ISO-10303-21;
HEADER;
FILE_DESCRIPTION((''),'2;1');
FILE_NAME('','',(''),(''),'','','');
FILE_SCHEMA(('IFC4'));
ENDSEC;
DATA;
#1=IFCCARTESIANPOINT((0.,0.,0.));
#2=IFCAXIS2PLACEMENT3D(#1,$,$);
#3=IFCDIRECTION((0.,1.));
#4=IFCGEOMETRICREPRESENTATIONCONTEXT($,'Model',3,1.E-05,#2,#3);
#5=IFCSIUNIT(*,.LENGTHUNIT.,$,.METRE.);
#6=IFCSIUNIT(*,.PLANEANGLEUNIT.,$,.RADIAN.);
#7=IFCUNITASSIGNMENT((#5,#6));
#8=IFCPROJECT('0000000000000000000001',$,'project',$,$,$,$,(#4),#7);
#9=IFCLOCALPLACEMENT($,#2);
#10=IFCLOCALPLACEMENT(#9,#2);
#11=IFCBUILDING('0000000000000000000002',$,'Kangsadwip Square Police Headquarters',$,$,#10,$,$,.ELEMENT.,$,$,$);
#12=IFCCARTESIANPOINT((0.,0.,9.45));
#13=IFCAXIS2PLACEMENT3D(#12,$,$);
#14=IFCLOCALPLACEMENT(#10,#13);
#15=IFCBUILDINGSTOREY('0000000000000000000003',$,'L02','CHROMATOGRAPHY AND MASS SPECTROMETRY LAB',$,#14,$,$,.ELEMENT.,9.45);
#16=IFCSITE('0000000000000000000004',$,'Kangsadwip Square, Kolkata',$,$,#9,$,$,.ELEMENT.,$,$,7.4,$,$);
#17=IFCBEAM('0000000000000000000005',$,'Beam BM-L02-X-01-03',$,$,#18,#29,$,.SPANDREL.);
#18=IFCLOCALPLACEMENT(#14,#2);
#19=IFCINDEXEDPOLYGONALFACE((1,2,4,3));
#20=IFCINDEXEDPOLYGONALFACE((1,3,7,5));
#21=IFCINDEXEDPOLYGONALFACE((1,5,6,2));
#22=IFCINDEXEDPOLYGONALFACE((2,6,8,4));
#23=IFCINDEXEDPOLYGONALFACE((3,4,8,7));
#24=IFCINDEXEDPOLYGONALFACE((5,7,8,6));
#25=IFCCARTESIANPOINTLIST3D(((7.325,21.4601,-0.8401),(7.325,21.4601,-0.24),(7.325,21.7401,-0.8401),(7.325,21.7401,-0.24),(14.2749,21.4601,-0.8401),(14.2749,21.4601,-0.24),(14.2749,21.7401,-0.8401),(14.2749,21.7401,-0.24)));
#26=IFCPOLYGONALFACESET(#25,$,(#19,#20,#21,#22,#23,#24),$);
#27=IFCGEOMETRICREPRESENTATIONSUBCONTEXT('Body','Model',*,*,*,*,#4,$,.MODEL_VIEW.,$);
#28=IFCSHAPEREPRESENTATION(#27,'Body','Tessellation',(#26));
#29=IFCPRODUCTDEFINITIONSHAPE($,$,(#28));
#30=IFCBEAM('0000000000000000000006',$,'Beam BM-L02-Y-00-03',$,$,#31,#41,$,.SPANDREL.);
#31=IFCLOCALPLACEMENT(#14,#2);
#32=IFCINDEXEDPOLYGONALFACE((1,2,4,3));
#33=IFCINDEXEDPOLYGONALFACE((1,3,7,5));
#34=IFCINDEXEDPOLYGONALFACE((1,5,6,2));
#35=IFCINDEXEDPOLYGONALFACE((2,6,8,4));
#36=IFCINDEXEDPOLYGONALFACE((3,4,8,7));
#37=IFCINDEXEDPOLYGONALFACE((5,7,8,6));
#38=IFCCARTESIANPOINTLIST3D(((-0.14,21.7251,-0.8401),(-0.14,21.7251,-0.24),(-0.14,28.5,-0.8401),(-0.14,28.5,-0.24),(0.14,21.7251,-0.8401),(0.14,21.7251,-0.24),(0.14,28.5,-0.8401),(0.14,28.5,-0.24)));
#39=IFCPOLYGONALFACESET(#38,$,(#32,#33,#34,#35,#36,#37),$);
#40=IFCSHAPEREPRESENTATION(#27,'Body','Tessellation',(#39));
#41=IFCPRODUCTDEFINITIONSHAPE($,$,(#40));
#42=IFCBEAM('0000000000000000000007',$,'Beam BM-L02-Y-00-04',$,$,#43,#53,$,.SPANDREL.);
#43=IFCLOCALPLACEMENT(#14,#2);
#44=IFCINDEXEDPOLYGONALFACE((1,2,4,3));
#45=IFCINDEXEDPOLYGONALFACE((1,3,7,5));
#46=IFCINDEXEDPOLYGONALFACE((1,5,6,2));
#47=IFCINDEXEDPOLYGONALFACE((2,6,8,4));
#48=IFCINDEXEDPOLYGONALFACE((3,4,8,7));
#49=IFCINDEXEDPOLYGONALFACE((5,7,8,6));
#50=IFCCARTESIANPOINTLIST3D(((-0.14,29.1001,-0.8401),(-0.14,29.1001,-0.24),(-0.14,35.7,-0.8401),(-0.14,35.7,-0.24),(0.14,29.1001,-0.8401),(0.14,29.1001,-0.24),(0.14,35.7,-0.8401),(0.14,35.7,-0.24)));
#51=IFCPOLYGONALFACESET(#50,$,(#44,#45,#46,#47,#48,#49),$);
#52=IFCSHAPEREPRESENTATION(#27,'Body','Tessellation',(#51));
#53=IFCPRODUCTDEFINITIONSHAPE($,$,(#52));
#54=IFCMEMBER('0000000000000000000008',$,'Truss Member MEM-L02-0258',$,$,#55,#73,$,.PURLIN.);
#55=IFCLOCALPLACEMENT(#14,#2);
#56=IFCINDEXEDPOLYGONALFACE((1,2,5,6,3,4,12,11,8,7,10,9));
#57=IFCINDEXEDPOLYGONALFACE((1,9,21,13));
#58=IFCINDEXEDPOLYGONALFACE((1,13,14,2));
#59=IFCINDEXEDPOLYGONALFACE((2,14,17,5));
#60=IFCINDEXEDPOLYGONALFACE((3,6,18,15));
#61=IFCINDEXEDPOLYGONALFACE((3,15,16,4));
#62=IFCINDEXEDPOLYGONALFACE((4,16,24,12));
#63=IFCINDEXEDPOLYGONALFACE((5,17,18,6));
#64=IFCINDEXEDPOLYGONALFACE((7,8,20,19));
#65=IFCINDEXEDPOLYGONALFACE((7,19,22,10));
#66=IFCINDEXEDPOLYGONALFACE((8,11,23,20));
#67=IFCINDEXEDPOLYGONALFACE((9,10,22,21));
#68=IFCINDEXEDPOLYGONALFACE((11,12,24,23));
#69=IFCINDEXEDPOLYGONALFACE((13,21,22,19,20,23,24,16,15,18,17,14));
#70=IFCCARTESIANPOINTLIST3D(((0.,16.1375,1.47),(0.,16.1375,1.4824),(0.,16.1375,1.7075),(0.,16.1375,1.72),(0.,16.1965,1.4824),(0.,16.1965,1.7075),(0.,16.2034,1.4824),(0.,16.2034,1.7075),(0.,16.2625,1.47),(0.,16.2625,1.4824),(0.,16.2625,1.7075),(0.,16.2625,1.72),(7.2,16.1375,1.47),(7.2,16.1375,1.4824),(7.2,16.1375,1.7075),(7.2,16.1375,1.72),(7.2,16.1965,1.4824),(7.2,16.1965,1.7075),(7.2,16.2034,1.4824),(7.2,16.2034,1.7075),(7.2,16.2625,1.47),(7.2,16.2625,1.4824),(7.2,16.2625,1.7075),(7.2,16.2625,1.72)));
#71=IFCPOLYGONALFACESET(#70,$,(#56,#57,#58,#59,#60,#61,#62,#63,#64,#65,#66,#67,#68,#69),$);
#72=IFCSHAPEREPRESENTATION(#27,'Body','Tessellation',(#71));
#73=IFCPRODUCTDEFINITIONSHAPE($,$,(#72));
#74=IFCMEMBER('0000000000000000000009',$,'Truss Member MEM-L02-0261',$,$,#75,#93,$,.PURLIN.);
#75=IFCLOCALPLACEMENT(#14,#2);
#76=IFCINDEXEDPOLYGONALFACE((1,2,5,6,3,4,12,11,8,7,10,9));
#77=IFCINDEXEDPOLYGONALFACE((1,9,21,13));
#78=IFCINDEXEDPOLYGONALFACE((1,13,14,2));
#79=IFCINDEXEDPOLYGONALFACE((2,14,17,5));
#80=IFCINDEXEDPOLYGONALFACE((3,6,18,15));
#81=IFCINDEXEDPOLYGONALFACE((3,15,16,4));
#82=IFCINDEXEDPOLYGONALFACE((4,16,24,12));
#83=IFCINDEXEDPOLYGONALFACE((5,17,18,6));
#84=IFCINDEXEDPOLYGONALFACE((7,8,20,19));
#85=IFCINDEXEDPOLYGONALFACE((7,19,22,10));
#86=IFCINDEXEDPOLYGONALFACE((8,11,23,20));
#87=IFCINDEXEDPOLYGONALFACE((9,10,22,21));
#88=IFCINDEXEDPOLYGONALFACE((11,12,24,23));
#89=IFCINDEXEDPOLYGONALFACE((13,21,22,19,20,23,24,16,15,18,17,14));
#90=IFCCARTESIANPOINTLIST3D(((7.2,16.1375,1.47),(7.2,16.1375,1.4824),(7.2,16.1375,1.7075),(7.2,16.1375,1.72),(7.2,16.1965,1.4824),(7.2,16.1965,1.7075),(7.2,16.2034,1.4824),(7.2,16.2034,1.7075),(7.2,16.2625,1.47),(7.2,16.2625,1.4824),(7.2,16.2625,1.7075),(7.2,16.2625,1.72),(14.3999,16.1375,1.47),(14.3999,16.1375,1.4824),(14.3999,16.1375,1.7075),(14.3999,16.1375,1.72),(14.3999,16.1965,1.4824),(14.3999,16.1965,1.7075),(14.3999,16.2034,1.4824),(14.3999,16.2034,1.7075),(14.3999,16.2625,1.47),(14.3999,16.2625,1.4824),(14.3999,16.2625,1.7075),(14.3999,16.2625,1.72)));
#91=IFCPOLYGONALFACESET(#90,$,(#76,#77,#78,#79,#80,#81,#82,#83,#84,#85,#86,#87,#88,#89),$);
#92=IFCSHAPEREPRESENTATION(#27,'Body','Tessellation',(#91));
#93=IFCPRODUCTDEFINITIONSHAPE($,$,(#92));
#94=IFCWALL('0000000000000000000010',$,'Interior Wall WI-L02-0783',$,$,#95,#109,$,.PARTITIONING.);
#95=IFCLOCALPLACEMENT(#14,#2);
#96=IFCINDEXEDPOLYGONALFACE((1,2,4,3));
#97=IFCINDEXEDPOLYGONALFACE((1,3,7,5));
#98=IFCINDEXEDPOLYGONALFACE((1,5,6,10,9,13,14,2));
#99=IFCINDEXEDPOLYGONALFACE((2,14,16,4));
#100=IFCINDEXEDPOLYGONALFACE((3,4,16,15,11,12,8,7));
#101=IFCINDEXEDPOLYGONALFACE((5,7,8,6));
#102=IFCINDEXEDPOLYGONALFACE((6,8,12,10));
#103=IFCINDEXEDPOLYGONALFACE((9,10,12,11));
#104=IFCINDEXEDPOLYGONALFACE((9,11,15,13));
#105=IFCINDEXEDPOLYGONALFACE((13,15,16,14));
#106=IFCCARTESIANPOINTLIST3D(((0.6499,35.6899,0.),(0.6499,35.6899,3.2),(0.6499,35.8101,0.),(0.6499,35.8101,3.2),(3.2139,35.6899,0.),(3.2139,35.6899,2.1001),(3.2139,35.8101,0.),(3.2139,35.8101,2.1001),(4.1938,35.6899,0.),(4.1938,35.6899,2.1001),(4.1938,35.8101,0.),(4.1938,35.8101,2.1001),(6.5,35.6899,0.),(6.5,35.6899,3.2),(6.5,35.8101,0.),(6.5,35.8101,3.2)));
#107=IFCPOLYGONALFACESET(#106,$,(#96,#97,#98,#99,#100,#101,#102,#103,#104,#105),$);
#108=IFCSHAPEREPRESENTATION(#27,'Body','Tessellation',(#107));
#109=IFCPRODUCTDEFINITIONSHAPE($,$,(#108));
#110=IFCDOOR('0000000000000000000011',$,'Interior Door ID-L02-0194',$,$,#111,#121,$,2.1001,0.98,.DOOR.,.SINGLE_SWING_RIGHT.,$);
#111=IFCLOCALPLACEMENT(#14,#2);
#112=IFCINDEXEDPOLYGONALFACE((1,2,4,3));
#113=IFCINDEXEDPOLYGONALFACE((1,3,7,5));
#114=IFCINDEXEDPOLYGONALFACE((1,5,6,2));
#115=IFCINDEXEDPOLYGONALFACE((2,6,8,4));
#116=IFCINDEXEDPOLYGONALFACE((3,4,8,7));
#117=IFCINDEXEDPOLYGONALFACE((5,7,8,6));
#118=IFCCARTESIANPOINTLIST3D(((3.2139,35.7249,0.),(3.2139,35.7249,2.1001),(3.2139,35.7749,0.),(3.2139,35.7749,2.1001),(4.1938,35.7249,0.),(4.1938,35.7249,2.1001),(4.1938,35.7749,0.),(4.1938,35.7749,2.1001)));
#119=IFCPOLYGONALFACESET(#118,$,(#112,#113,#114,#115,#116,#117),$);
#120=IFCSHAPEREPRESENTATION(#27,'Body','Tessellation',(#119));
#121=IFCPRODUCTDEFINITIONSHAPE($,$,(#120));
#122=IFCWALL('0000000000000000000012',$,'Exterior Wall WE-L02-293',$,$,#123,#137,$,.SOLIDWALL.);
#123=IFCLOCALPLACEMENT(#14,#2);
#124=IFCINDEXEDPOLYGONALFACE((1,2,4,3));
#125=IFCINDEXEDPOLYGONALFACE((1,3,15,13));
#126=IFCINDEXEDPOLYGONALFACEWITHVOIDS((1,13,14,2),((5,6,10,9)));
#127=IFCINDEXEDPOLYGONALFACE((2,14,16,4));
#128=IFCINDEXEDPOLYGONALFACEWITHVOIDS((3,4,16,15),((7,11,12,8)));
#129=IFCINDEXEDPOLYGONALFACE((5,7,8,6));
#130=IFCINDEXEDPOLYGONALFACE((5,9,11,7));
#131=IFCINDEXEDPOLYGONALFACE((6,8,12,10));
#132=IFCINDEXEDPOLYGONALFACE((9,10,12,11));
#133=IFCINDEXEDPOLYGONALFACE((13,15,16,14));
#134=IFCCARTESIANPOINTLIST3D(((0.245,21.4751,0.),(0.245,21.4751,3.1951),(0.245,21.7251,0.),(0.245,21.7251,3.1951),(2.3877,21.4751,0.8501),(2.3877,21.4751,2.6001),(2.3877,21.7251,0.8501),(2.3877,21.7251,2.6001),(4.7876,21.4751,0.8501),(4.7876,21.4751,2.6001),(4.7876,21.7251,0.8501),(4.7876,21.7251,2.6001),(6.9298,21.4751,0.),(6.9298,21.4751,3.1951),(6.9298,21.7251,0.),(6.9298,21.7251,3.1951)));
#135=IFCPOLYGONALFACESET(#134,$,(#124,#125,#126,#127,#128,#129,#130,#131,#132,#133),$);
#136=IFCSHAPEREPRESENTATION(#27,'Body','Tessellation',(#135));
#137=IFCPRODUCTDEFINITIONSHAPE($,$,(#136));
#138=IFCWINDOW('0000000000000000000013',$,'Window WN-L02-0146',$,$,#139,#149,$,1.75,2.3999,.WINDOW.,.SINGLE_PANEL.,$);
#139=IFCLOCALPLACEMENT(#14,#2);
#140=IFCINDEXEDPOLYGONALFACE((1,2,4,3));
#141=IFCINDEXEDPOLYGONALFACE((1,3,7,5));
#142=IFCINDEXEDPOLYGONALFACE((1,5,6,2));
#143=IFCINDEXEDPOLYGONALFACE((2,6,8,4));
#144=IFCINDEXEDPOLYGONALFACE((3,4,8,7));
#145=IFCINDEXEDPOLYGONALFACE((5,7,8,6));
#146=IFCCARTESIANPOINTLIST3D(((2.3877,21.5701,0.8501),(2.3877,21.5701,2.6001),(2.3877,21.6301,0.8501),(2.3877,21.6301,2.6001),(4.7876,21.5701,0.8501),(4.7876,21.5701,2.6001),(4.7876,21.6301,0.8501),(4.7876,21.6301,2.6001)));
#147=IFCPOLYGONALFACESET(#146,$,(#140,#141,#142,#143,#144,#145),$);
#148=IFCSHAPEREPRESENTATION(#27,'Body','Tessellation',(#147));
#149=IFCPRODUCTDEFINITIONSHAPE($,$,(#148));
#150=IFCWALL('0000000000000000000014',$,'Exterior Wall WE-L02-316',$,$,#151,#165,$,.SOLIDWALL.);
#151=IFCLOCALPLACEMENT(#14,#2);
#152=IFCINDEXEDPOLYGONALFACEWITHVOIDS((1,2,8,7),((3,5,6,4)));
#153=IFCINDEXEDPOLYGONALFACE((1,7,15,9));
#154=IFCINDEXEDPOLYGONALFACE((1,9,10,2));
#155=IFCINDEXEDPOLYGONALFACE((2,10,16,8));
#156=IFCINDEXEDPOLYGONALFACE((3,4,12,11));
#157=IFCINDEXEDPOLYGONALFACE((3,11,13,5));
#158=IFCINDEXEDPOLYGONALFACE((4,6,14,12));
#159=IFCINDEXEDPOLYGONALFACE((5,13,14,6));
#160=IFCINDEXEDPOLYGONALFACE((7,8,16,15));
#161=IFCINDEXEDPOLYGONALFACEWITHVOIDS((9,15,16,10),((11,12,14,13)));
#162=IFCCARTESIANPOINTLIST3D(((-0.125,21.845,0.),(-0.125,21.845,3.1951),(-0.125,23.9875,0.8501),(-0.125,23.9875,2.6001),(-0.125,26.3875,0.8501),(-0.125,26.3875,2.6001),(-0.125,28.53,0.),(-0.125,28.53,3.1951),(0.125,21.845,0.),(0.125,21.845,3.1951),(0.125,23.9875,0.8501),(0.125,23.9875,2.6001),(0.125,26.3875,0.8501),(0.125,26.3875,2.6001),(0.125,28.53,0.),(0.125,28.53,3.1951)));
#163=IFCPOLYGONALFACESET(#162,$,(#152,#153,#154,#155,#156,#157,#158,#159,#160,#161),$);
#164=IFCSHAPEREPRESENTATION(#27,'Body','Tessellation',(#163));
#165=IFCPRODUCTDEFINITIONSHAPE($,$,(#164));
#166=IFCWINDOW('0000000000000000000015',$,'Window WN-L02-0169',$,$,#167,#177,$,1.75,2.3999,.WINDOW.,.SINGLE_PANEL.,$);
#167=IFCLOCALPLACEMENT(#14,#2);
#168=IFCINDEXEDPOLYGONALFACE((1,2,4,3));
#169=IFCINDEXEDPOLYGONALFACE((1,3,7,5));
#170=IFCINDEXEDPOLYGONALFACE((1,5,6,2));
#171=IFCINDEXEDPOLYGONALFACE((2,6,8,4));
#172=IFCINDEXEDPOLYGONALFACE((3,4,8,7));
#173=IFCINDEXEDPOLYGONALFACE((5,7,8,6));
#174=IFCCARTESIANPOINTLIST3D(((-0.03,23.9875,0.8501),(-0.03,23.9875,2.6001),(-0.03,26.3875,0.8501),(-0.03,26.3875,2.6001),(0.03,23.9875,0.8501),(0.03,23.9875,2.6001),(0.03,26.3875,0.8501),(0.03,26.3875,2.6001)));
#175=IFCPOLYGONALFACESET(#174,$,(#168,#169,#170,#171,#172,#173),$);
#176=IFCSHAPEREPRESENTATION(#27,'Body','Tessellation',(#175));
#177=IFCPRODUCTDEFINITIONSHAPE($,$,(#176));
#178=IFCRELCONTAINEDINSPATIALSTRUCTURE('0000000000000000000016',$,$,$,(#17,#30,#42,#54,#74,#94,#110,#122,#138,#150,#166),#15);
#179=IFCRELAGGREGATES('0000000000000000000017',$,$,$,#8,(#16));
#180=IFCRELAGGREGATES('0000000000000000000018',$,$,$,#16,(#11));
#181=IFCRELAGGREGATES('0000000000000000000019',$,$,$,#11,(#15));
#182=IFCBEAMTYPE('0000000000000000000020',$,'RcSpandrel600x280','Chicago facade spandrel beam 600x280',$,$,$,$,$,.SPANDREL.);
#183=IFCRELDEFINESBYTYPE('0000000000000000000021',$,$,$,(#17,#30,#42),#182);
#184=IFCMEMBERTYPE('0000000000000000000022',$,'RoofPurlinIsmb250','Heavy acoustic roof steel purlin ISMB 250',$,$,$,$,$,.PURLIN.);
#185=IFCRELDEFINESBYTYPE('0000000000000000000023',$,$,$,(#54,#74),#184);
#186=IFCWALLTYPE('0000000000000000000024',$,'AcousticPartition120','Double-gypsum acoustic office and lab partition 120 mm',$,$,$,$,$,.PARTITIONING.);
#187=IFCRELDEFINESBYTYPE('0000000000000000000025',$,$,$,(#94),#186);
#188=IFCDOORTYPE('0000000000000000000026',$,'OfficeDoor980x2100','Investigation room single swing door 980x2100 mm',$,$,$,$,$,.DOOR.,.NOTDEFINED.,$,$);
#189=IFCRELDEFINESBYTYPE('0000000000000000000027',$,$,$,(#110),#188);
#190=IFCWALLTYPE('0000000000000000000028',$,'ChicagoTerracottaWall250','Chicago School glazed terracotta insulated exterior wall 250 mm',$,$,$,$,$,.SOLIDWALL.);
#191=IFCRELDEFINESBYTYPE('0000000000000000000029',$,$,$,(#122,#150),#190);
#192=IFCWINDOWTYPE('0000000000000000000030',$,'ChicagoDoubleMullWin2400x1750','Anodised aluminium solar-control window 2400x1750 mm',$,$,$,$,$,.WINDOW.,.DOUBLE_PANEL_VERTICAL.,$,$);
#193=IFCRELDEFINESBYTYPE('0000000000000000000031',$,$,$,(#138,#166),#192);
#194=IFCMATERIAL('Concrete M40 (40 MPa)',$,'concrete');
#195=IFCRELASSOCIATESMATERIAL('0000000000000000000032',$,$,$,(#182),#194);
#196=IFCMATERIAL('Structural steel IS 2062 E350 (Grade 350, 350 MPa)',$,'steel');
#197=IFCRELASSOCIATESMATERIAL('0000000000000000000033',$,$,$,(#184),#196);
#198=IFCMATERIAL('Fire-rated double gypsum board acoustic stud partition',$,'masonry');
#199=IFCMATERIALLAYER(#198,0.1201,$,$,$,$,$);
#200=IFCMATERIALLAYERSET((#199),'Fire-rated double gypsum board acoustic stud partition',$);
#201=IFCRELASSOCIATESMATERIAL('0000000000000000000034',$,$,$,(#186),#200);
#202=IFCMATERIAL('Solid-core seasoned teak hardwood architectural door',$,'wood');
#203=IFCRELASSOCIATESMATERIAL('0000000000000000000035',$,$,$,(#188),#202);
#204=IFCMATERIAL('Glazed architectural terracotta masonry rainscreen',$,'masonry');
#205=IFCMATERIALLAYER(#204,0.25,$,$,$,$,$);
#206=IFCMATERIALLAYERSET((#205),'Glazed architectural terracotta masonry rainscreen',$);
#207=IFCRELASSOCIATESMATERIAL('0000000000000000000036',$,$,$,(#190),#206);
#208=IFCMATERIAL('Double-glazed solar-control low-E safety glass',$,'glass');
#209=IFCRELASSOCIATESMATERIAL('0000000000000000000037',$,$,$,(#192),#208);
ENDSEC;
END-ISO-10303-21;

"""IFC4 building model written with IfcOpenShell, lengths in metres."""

from ifc_helpers import new_model, si_unit, direction, frame, frame_2d, origin, origin_2d, place, context, subcontext, project, spatial, rectangle, i_section, extrude, material, layer, layer_set, material_profile, profile_set, type_object, element, fill, save


model = new_model("IFC4")

# Units and contexts
model_context = context("Model", 3, precision=1e-05, world=origin(), true_north=direction((0.0, 1.0)))
body_context = subcontext(model_context, "Body", "Model", "MODEL_VIEW")
ifc_project = project(units=[si_unit("LENGTHUNIT", "METRE"), si_unit("PLANEANGLEUNIT", "RADIAN")], contexts=[model_context])

# Site, building, storey
site_placement = place(None, origin())
site = spatial("IfcSite", under=ifc_project, at=site_placement, Name="Kangsadwip Square, Kolkata", CompositionType="ELEMENT", RefElevation=7.4)
building_placement = place(site_placement, origin())
building = spatial("IfcBuilding", under=site, at=building_placement, Name="Kangsadwip Square Police Headquarters", CompositionType="ELEMENT")
storey_placement = place(building_placement, frame((0.0, 0.0, 9.45)))
storey = spatial("IfcBuildingStorey", under=building, at=storey_placement, Name="L02", Description="CHROMATOGRAPHY AND MASS SPECTROMETRY LAB", CompositionType="ELEMENT", Elevation=9.45)

# Beams
ifc_material_1 = material(Name="Concrete M40 (40 MPa)", Category="concrete")
ifc_material_profile_1 = material_profile(ifc_material_1, rectangle(XDim=0.28, YDim=0.6001, at=origin_2d()), Name="RC SPN 600X280")
ifc_profile_set_1 = profile_set([ifc_material_profile_1], Name="Concrete M40 (40 MPa)")
beam_type_1 = type_object("IfcBeamType", Name="RcSpandrel600x280", Description="Chicago facade spandrel beam 600x280", PredefinedType="SPANDREL", material=ifc_profile_set_1)
for number, where, z_axis, x_axis, name in (
    (1, (7.325, 21.6001, -0.54), (1.0, 0.0, 0.0), (0.0, 1.0, 0.0), "Beam BM-L02-X-01-03"),
):
    element("IfcBeam", number, at=place(storey_placement, frame(where, z_axis=z_axis, x_axis=x_axis)), inside=storey, type_object=beam_type_1, Name=name, PredefinedType="SPANDREL", context=body_context, shape_type="SweptSolid", body=[
        extrude(rectangle(XDim=0.28, YDim=0.6001, at=origin_2d()), origin(), (0.0, 0.0, 1.0), 6.95),
    ])
beam_1_placement = place(storey_placement, frame((0.0, 21.7251, -0.54), z_axis=(0.0, 1.0, 0.0), x_axis=(-1.0, 0.0, 0.0)))
element("IfcBeam", 2, at=beam_1_placement, inside=storey, type_object=beam_type_1, Name="Beam BM-L02-Y-00-03", PredefinedType="SPANDREL", context=body_context, shape_type="SweptSolid", body=[
    extrude(rectangle(XDim=0.28, YDim=0.6001, at=origin_2d()), origin(), (0.0, 0.0, 1.0), 6.7749),
])
beam_2_placement = place(storey_placement, frame((0.0, 29.1001, -0.54), z_axis=(0.0, 1.0, 0.0), x_axis=(-1.0, 0.0, 0.0)))
element("IfcBeam", 3, at=beam_2_placement, inside=storey, type_object=beam_type_1, Name="Beam BM-L02-Y-00-04", PredefinedType="SPANDREL", context=body_context, shape_type="SweptSolid", body=[
    extrude(rectangle(XDim=0.28, YDim=0.6001, at=origin_2d()), origin(), (0.0, 0.0, 1.0), 6.5999),
])

# Members
ifc_material_2 = material(Name="Structural steel IS 2062 E350 (Grade 350, 350 MPa)", Category="steel")
ifc_material_profile_2 = material_profile(ifc_material_2, i_section(OverallWidth=0.125, OverallDepth=0.25, WebThickness=0.0068, FlangeThickness=0.0125, at=origin_2d()), Name="ISMB 250")
ifc_profile_set_2 = profile_set([ifc_material_profile_2], Name="Structural steel IS 2062 E350 (Grade 350, 350 MPa)")
member_type = type_object("IfcMemberType", Name="RoofPurlinIsmb250", Description="Heavy acoustic roof steel purlin ISMB 250", PredefinedType="PURLIN", material=ifc_profile_set_2)
for number, where, z_axis, x_axis, name in (
    (4, (0.0, 16.2, 1.595), (1.0, 0.0, 0.0), (0.0, 1.0, 0.0), "Truss Member MEM-L02-0258"),
    (5, (7.2, 16.2, 1.595), (1.0, 0.0, 0.0), (0.0, 1.0, 0.0), "Truss Member MEM-L02-0261"),
):
    element("IfcMember", number, at=place(storey_placement, frame(where, z_axis=z_axis, x_axis=x_axis)), inside=storey, type_object=member_type, Name=name, PredefinedType="PURLIN", context=body_context, shape_type="SweptSolid", body=[
        extrude(i_section(OverallWidth=0.125, OverallDepth=0.25, WebThickness=0.0068, FlangeThickness=0.0125, at=origin_2d()), origin(), (0.0, 0.0, 1.0), 7.2),
    ])

# Wall, opening, door
ifc_material_3 = material(Name="Fire-rated double gypsum board acoustic stud partition", Category="masonry")
ifc_layer_1 = layer(ifc_material_3, 0.1201)
ifc_layer_set_1 = layer_set([ifc_layer_1], Name="Fire-rated double gypsum board acoustic stud partition")
wall_type_1 = type_object("IfcWallType", Name="AcousticPartition120", Description="Double-gypsum acoustic office and lab partition 120 mm", PredefinedType="PARTITIONING", material=ifc_layer_set_1)
wall_1_placement = place(storey_placement, frame((0.6499, 35.75, 0.0), z_axis=(0.0, 0.0, 1.0), x_axis=(1.0, 0.0, 0.0)))
wall_1 = element("IfcWall", 6, at=wall_1_placement, inside=storey, type_object=wall_type_1, Name="Interior Wall WI-L02-0783", PredefinedType="PARTITIONING", context=body_context, shape_type="SweptSolid", body=[
    extrude(rectangle(XDim=5.8501, YDim=0.1201, at=frame_2d((2.925, 0.0))), origin(), (0.0, 0.0, 1.0), 3.2),
])
opening_1_placement = place(wall_1_placement, frame((2.564, 0.0, 0.0)))
opening_1 = element("IfcOpeningElement", 7, at=opening_1_placement, cuts=wall_1, PredefinedType="OPENING", context=body_context, shape_type="SweptSolid", body=[
    extrude(rectangle(XDim=0.98, YDim=2.1001, at=frame_2d((0.49, 1.05))), frame((0.0, 0.0701, 0.0), z_axis=(0.0, -1.0, 0.0), x_axis=(1.0, 0.0, 0.0)), (0.0, 0.0, 1.0), 0.1401),
])
ifc_material_4 = material(Name="Solid-core seasoned teak hardwood architectural door", Category="wood")
door_type = type_object("IfcDoorType", Name="OfficeDoor980x2100", Description="Investigation room single swing door 980x2100 mm", OperationType="NOTDEFINED", PredefinedType="DOOR", material=ifc_material_4)
door_placement = place(opening_1_placement, origin())
door = element("IfcDoor", 8, at=door_placement, inside=storey, type_object=door_type, Name="Interior Door ID-L02-0194", OperationType="SINGLE_SWING_RIGHT", OverallHeight=2.1001, OverallWidth=0.98, PredefinedType="DOOR", context=body_context, shape_type="SweptSolid", body=[
    extrude(rectangle(XDim=0.98, YDim=2.1001, at=frame_2d((0.49, 1.05))), frame((0.0, 0.0249, 0.0), z_axis=(0.0, -1.0, 0.0), x_axis=(1.0, 0.0, 0.0)), (0.0, 0.0, 1.0), 0.05),
])
fill(opening_1, door)

# Walls, openings, windows
ifc_material_5 = material(Name="Glazed architectural terracotta masonry rainscreen", Category="masonry")
ifc_layer_2 = layer(ifc_material_5, 0.25)
ifc_layer_set_2 = layer_set([ifc_layer_2], Name="Glazed architectural terracotta masonry rainscreen")
wall_type_2 = type_object("IfcWallType", Name="ChicagoTerracottaWall250", Description="Chicago School glazed terracotta insulated exterior wall 250 mm", PredefinedType="SOLIDWALL", material=ifc_layer_set_2)
wall_2_placement = place(storey_placement, frame((0.2451, 21.6001, 0.0), z_axis=(0.0, 0.0, 1.0), x_axis=(1.0, 0.0, 0.0)))
wall_2 = element("IfcWall", 9, at=wall_2_placement, inside=storey, type_object=wall_type_2, Name="Exterior Wall WE-L02-293", PredefinedType="SOLIDWALL", context=body_context, shape_type="SweptSolid", body=[
    extrude(rectangle(XDim=6.6848, YDim=0.25, at=frame_2d((3.3423, 0.0))), origin(), (0.0, 0.0, 1.0), 3.1951),
])
opening_2_placement = place(wall_2_placement, frame((2.1426, 0.0, 0.8501)))
opening_2 = element("IfcOpeningElement", 10, at=opening_2_placement, cuts=wall_2, PredefinedType="OPENING", context=body_context, shape_type="SweptSolid", body=[
    extrude(rectangle(XDim=2.3999, YDim=1.75, at=frame_2d((1.2, 0.875))), frame((0.0, 0.135, 0.0), z_axis=(0.0, -1.0, 0.0), x_axis=(1.0, 0.0, 0.0)), (0.0, 0.0, 1.0), 0.27),
])
ifc_material_6 = material(Name="Double-glazed solar-control low-E safety glass", Category="glass")
window_type_1 = type_object("IfcWindowType", Name="ChicagoDoubleMullWin2400x1750", Description="Anodised aluminium solar-control window 2400x1750 mm", PartitioningType="DOUBLE_PANEL_VERTICAL", PredefinedType="WINDOW", material=ifc_material_6)
window_1_placement = place(opening_2_placement, origin())
window_1 = element("IfcWindow", 11, at=window_1_placement, inside=storey, type_object=window_type_1, Name="Window WN-L02-0146", OverallHeight=1.75, OverallWidth=2.3999, PartitioningType="SINGLE_PANEL", PredefinedType="WINDOW", context=body_context, shape_type="SweptSolid", body=[
    extrude(rectangle(XDim=2.3999, YDim=1.75, at=frame_2d((1.2, 0.875))), frame((0.0, 0.03, 0.0), z_axis=(0.0, -1.0, 0.0), x_axis=(1.0, 0.0, 0.0)), (0.0, 0.0, 1.0), 0.0601),
])
fill(opening_2, window_1)
wall_3_placement = place(storey_placement, frame((0.0, 21.845, 0.0), z_axis=(0.0, 0.0, 1.0), x_axis=(0.0, 1.0, 0.0)))
wall_3 = element("IfcWall", 12, at=wall_3_placement, inside=storey, type_object=wall_type_2, Name="Exterior Wall WE-L02-316", PredefinedType="SOLIDWALL", context=body_context, shape_type="SweptSolid", body=[
    extrude(rectangle(XDim=6.6851, YDim=0.25, at=frame_2d((3.3425, 0.0))), origin(), (0.0, 0.0, 1.0), 3.1951),
])
opening_3_placement = place(wall_3_placement, frame((2.1426, 0.0, 0.8501)))
opening_3 = element("IfcOpeningElement", 13, at=opening_3_placement, cuts=wall_3, PredefinedType="OPENING", context=body_context, shape_type="SweptSolid", body=[
    extrude(rectangle(XDim=2.3999, YDim=1.75, at=frame_2d((1.2, 0.875))), frame((0.0, 0.135, 0.0), z_axis=(0.0, -1.0, 0.0), x_axis=(1.0, 0.0, 0.0)), (0.0, 0.0, 1.0), 0.27),
])
window_2_placement = place(opening_3_placement, origin())
window_2 = element("IfcWindow", 14, at=window_2_placement, inside=storey, type_object=window_type_1, Name="Window WN-L02-0169", OverallHeight=1.75, OverallWidth=2.3999, PartitioningType="SINGLE_PANEL", PredefinedType="WINDOW", context=body_context, shape_type="SweptSolid", body=[
    extrude(rectangle(XDim=2.3999, YDim=1.75, at=frame_2d((1.2, 0.875))), frame((0.0, 0.03, 0.0), z_axis=(0.0, -1.0, 0.0), x_axis=(1.0, 0.0, 0.0)), (0.0, 0.0, 1.0), 0.0601),
])
fill(opening_3, window_2)

save(model, "model.ifc")
